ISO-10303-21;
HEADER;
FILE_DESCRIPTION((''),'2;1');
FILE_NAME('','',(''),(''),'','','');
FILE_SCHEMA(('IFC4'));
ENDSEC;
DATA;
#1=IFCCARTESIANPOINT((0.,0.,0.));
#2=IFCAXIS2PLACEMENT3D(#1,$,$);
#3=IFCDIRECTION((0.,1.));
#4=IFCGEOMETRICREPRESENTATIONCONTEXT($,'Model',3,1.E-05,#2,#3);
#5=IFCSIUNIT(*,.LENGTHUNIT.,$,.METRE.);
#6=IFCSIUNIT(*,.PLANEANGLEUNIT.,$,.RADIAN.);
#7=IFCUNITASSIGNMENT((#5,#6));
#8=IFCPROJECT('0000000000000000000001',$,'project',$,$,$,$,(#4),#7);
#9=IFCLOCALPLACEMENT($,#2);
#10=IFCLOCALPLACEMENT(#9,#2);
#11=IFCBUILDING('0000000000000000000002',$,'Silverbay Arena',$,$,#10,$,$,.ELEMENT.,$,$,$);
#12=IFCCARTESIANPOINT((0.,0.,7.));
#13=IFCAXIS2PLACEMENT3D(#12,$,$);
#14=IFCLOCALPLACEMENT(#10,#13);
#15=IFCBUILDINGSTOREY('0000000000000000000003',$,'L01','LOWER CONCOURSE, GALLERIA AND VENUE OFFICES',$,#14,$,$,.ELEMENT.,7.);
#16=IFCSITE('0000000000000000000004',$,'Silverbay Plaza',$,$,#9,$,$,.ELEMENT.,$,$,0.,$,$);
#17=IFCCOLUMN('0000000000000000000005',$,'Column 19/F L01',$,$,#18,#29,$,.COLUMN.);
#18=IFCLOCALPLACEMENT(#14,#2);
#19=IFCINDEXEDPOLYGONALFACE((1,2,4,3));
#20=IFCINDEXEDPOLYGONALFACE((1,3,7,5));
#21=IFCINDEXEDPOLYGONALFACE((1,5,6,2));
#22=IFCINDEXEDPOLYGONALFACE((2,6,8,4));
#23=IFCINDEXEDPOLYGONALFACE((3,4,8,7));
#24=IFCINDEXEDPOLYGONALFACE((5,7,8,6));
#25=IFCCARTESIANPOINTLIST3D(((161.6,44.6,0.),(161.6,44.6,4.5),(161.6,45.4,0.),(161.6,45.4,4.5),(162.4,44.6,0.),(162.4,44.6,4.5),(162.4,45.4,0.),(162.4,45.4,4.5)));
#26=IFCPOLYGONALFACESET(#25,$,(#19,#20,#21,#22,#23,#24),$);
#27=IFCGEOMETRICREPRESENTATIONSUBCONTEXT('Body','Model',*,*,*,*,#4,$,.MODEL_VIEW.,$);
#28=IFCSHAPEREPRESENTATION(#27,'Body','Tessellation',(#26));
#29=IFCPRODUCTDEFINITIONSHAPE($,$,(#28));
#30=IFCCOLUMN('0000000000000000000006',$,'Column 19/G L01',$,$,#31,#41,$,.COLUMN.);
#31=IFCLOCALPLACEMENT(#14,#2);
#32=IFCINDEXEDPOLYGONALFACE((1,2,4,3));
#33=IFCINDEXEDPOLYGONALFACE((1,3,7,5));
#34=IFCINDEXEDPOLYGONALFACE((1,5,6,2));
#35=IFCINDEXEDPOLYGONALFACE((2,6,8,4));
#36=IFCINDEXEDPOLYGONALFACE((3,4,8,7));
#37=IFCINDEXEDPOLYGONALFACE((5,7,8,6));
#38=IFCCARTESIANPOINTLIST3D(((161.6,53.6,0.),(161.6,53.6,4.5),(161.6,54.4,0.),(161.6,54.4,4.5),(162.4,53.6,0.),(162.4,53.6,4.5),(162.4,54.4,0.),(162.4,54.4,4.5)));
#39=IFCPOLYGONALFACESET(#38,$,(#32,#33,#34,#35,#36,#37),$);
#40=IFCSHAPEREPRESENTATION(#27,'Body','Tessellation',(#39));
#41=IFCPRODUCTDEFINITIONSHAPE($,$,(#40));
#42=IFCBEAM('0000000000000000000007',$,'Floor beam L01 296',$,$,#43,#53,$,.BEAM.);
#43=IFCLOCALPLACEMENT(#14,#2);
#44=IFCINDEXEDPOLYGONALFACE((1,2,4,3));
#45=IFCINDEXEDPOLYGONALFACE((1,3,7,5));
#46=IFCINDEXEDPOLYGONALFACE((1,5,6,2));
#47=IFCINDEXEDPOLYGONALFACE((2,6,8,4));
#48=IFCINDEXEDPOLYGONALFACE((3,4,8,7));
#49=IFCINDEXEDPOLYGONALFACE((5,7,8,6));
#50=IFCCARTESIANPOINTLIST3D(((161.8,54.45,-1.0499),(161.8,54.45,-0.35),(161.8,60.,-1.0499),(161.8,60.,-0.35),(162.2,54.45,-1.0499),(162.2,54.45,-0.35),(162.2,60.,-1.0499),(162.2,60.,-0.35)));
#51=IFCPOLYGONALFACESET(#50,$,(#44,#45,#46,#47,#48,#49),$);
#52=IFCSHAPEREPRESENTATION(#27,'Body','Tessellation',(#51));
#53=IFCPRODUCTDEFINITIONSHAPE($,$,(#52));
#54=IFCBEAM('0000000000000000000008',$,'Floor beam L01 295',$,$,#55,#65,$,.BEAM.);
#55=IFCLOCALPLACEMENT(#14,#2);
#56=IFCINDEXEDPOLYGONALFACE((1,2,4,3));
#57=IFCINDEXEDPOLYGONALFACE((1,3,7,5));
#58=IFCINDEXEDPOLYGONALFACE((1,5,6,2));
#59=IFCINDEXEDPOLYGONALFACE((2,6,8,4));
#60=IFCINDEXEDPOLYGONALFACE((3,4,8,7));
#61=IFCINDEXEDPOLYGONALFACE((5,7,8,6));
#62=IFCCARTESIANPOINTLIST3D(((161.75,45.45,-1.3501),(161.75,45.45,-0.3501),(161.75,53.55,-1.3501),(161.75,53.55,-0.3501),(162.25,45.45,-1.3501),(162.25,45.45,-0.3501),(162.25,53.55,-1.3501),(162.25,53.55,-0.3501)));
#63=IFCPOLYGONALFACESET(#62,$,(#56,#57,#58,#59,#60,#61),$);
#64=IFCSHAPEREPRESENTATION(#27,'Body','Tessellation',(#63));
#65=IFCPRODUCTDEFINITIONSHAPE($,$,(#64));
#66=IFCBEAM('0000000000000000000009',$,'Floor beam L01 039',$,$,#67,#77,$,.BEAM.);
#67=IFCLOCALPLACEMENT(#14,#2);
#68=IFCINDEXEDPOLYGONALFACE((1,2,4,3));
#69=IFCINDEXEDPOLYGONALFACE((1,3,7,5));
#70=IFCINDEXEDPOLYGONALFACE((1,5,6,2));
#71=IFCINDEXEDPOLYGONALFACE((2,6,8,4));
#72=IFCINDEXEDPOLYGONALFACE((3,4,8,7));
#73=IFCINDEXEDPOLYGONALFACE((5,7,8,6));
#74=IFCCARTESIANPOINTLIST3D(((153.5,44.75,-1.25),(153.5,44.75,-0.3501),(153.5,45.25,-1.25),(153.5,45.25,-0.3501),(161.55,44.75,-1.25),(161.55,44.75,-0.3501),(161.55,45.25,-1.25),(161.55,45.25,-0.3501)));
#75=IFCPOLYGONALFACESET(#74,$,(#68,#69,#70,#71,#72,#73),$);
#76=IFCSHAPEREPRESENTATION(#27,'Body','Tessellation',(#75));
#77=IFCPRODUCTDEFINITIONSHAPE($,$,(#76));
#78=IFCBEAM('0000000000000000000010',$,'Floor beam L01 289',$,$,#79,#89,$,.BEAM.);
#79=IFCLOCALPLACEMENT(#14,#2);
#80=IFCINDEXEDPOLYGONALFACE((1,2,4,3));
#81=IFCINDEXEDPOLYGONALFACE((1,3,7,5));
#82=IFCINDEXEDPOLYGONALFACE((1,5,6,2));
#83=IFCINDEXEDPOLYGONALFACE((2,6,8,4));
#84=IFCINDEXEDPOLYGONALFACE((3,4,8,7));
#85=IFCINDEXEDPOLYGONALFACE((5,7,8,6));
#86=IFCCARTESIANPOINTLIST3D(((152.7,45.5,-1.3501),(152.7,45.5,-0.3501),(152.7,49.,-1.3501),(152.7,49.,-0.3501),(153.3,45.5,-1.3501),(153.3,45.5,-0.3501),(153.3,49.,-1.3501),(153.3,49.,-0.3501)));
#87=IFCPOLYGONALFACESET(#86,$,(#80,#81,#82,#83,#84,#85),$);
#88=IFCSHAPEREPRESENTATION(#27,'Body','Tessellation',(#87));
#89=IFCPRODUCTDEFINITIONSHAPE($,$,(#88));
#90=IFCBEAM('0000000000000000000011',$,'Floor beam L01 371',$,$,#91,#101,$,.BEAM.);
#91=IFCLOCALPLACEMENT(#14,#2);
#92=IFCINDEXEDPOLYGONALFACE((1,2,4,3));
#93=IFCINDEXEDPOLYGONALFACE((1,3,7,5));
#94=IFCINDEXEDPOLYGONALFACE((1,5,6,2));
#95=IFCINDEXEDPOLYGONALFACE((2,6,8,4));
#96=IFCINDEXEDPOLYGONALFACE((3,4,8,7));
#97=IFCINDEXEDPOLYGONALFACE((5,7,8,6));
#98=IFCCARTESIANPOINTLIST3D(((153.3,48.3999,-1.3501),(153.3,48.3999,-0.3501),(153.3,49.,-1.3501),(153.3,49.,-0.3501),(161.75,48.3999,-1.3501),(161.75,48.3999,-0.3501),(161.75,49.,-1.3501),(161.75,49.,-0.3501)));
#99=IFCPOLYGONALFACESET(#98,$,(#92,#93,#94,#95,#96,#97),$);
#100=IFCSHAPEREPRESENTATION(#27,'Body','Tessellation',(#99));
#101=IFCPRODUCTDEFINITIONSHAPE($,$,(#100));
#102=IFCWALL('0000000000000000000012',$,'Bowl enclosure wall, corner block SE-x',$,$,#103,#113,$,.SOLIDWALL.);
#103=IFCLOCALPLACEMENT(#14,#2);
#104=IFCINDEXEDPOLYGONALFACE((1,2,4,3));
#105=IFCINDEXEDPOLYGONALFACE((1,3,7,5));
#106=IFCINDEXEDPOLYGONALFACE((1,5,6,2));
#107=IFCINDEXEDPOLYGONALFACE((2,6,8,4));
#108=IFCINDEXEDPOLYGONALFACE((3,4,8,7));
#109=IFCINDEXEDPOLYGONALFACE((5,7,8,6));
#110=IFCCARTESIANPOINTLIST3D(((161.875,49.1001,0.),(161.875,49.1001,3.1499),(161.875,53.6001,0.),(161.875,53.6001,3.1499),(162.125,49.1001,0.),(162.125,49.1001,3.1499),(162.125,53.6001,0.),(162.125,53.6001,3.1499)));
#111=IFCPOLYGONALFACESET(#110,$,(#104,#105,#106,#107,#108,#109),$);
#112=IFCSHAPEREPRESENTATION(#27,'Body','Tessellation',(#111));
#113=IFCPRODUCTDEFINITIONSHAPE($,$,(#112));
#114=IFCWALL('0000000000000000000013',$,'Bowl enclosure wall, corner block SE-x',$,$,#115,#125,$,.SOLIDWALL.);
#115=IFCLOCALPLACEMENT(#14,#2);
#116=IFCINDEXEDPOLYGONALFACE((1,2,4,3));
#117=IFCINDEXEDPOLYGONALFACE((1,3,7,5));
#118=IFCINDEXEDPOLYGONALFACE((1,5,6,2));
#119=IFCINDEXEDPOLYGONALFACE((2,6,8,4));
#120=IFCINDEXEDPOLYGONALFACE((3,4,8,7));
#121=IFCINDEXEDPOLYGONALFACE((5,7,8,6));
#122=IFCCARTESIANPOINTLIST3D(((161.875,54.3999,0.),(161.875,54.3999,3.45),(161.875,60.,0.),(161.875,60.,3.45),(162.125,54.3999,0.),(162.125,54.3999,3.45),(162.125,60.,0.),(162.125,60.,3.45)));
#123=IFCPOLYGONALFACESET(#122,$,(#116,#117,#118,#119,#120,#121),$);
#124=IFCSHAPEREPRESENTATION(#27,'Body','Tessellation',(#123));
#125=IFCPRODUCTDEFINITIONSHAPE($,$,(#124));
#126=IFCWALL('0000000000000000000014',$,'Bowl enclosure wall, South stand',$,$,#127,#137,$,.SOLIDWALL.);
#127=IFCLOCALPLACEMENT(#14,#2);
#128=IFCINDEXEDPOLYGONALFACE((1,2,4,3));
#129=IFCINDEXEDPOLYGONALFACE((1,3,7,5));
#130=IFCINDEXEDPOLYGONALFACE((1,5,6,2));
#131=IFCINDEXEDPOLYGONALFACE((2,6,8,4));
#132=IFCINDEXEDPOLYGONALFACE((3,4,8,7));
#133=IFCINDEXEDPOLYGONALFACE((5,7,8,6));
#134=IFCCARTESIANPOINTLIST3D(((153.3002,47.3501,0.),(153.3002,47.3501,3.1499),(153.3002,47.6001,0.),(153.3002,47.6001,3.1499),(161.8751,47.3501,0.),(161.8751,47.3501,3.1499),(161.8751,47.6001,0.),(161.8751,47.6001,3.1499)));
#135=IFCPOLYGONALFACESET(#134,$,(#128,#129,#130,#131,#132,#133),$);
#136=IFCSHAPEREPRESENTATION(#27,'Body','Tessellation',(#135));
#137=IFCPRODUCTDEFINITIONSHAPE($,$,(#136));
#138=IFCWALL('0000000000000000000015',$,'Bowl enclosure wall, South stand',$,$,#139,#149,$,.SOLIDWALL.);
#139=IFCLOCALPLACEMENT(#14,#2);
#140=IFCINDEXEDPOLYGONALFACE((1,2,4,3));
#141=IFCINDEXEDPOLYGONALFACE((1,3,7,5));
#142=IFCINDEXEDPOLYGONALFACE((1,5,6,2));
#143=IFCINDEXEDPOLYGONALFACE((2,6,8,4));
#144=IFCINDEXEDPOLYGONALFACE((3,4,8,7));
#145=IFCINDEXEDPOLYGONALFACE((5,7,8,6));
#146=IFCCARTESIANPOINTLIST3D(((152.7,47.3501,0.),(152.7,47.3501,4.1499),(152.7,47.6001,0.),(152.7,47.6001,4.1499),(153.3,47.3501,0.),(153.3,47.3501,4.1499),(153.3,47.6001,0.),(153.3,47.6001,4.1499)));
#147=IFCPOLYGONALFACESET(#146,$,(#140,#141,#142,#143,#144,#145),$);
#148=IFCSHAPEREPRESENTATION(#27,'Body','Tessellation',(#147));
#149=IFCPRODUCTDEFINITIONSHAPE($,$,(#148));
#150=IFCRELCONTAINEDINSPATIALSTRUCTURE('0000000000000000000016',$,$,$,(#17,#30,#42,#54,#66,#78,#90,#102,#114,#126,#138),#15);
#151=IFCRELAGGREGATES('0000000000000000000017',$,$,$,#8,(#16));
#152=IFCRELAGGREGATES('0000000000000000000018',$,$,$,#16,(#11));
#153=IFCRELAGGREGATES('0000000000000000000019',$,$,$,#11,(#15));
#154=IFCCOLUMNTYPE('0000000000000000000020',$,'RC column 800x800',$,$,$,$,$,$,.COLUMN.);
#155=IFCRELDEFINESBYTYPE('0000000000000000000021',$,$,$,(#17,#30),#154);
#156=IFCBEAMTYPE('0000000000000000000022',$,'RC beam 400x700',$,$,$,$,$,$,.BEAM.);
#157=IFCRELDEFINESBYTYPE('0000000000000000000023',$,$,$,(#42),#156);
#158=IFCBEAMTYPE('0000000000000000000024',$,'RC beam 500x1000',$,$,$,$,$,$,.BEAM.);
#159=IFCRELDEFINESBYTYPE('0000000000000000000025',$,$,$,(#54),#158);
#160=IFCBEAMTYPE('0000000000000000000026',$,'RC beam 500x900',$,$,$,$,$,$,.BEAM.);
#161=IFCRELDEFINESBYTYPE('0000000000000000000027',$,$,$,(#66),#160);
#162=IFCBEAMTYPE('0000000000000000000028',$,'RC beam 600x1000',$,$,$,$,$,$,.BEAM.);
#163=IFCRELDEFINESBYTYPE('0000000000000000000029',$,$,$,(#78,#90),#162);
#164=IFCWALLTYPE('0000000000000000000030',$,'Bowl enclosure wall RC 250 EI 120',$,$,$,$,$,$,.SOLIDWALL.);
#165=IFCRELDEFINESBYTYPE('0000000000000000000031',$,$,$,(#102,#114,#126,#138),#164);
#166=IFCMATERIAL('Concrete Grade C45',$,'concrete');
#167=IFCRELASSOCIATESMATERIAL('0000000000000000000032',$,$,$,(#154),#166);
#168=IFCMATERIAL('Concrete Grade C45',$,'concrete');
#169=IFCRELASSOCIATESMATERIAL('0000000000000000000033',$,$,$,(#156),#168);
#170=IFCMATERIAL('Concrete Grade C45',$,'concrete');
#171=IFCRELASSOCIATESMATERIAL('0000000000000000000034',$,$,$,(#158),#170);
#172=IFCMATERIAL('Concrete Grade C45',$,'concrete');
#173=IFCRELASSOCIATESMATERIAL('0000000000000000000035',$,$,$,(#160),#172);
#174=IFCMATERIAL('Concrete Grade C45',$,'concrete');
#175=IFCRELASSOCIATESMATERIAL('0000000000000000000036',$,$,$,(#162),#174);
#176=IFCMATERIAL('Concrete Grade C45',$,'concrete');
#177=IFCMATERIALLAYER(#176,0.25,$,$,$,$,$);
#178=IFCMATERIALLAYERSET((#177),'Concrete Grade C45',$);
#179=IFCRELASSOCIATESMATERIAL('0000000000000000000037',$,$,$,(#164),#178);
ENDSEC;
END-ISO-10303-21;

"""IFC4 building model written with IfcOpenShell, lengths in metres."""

from ifc_helpers import new_model, si_unit, direction, frame, frame_2d, origin, origin_2d, place, context, subcontext, project, spatial, rectangle, extrude, material, layer, layer_set, material_profile, profile_set, type_object, element, save


model = new_model("IFC4")

# Units and contexts
model_context = context("Model", 3, precision=1e-05, world=origin(), true_north=direction((0.0, 1.0)))
body_context = subcontext(model_context, "Body", "Model", "MODEL_VIEW")
ifc_project = project(units=[si_unit("LENGTHUNIT", "METRE"), si_unit("PLANEANGLEUNIT", "RADIAN")], contexts=[model_context])

# Site, building, storey
site_placement = place(None, origin())
site = spatial("IfcSite", under=ifc_project, at=site_placement, Name="Silverbay Plaza", CompositionType="ELEMENT", RefElevation=0.0)
building_placement = place(site_placement, origin())
building = spatial("IfcBuilding", under=site, at=building_placement, Name="Silverbay Arena", CompositionType="ELEMENT")
storey_placement = place(building_placement, frame((0.0, 0.0, 7.0)))
storey = spatial("IfcBuildingStorey", under=building, at=storey_placement, Name="L01", Description="LOWER CONCOURSE, GALLERIA AND VENUE OFFICES", CompositionType="ELEMENT", Elevation=7.0)

# Columns
ifc_material_1 = material(Name="Concrete Grade C45", Category="concrete")
ifc_material_profile_1 = material_profile(ifc_material_1, rectangle(XDim=0.8, YDim=0.8, at=origin_2d()), Name="RC 800x800")
ifc_profile_set_1 = profile_set([ifc_material_profile_1], Name="Concrete Grade C45")
column_type = type_object("IfcColumnType", Name="RC column 800x800", PredefinedType="COLUMN", material=ifc_profile_set_1)
for number, where, z_axis, x_axis, name in (
    (1, (162.0, 45.0, 0.0), (0.0, 0.0, 1.0), (1.0, 0.0, 0.0), "Column 19/F L01"),
    (2, (162.0, 54.0, 0.0), (0.0, 0.0, 1.0), (1.0, 0.0, 0.0), "Column 19/G L01"),
):
    element("IfcColumn", number, at=place(storey_placement, frame(where, z_axis=z_axis, x_axis=x_axis)), inside=storey, type_object=column_type, Name=name, PredefinedType="COLUMN", context=body_context, shape_type="SweptSolid", body=[
        extrude(rectangle(XDim=0.8, YDim=0.8, at=origin_2d()), origin(), (0.0, 0.0, 1.0), 4.5),
    ])

# Beams
ifc_material_2 = material(Name="Concrete Grade C45", Category="concrete")
ifc_material_profile_2 = material_profile(ifc_material_2, rectangle(XDim=0.3999, YDim=0.7, at=origin_2d()), Name="RC 400x700")
ifc_profile_set_2 = profile_set([ifc_material_profile_2], Name="Concrete Grade C45")
beam_type_1 = type_object("IfcBeamType", Name="RC beam 400x700", PredefinedType="BEAM", material=ifc_profile_set_2)
beam_1_placement = place(storey_placement, frame((162.0, 54.45, -0.7), z_axis=(0.0, 1.0, 0.0), x_axis=(-1.0, 0.0, 0.0)))
element("IfcBeam", 3, at=beam_1_placement, inside=storey, type_object=beam_type_1, Name="Floor beam L01 296", PredefinedType="BEAM", context=body_context, shape_type="SweptSolid", body=[
    extrude(rectangle(XDim=0.3999, YDim=0.7, at=origin_2d()), origin(), (0.0, 0.0, 1.0), 5.55),
])
ifc_material_3 = material(Name="Concrete Grade C45", Category="concrete")
ifc_material_profile_3 = material_profile(ifc_material_3, rectangle(XDim=0.5, YDim=1.0, at=origin_2d()), Name="RC 500x1000")
ifc_profile_set_3 = profile_set([ifc_material_profile_3], Name="Concrete Grade C45")
beam_type_2 = type_object("IfcBeamType", Name="RC beam 500x1000", PredefinedType="BEAM", material=ifc_profile_set_3)
beam_2_placement = place(storey_placement, frame((162.0, 45.45, -0.8501), z_axis=(0.0, 1.0, 0.0), x_axis=(-1.0, 0.0, 0.0)))
element("IfcBeam", 4, at=beam_2_placement, inside=storey, type_object=beam_type_2, Name="Floor beam L01 295", PredefinedType="BEAM", context=body_context, shape_type="SweptSolid", body=[
    extrude(rectangle(XDim=0.5, YDim=1.0, at=origin_2d()), origin(), (0.0, 0.0, 1.0), 8.1001),
])
ifc_material_4 = material(Name="Concrete Grade C45", Category="concrete")
ifc_material_profile_4 = material_profile(ifc_material_4, rectangle(XDim=0.5, YDim=0.8999, at=origin_2d()), Name="RC 500x900")
ifc_profile_set_4 = profile_set([ifc_material_profile_4], Name="Concrete Grade C45")
beam_type_3 = type_object("IfcBeamType", Name="RC beam 500x900", PredefinedType="BEAM", material=ifc_profile_set_4)
beam_3_placement = place(storey_placement, frame((153.5, 45.0, -0.8), z_axis=(1.0, 0.0, 0.0), x_axis=(0.0, 1.0, 0.0)))
element("IfcBeam", 5, at=beam_3_placement, inside=storey, type_object=beam_type_3, Name="Floor beam L01 039", PredefinedType="BEAM", context=body_context, shape_type="SweptSolid", body=[
    extrude(rectangle(XDim=0.5, YDim=0.8999, at=origin_2d()), origin(), (0.0, 0.0, 1.0), 8.05),
])
ifc_material_5 = material(Name="Concrete Grade C45", Category="concrete")
ifc_material_profile_5 = material_profile(ifc_material_5, rectangle(XDim=0.6001, YDim=1.0, at=origin_2d()), Name="RC 600x1000")
ifc_profile_set_5 = profile_set([ifc_material_profile_5], Name="Concrete Grade C45")
beam_type_4 = type_object("IfcBeamType", Name="RC beam 600x1000", PredefinedType="BEAM", material=ifc_profile_set_5)
beam_4_placement = place(storey_placement, frame((153.0, 45.5, -0.8501), z_axis=(0.0, 1.0, 0.0), x_axis=(-1.0, 0.0, 0.0)))
element("IfcBeam", 6, at=beam_4_placement, inside=storey, type_object=beam_type_4, Name="Floor beam L01 289", PredefinedType="BEAM", context=body_context, shape_type="SweptSolid", body=[
    extrude(rectangle(XDim=0.6001, YDim=1.0, at=origin_2d()), origin(), (0.0, 0.0, 1.0), 3.5),
])
beam_5_placement = place(storey_placement, frame((153.3, 48.7, -0.8501), z_axis=(1.0, 0.0, 0.0), x_axis=(0.0, 1.0, 0.0)))
element("IfcBeam", 7, at=beam_5_placement, inside=storey, type_object=beam_type_4, Name="Floor beam L01 371", PredefinedType="BEAM", context=body_context, shape_type="SweptSolid", body=[
    extrude(rectangle(XDim=0.6001, YDim=1.0, at=origin_2d()), origin(), (0.0, 0.0, 1.0), 8.45),
])

# Shared definitions
ifc_material_6 = material(Name="Concrete Grade C45", Category="concrete")
ifc_layer_1 = layer(ifc_material_6, 0.25)
ifc_layer_set_1 = layer_set([ifc_layer_1], Name="Concrete Grade C45")
wall_type_1 = type_object("IfcWallType", Name="Bowl enclosure wall RC 250 EI 120", PredefinedType="SOLIDWALL", material=ifc_layer_set_1)

# Walls
wall_1_placement = place(storey_placement, frame((162.0, 49.1001, 0.0), z_axis=(0.0, 0.0, 1.0), x_axis=(0.0, 1.0, 0.0)))
element("IfcWall", 8, at=wall_1_placement, inside=storey, type_object=wall_type_1, Name="Bowl enclosure wall, corner block SE-x", PredefinedType="SOLIDWALL", context=body_context, shape_type="SweptSolid", body=[
    extrude(rectangle(XDim=4.5, YDim=0.25, at=frame_2d((2.25, 0.0))), origin(), (0.0, 0.0, 1.0), 3.1499),
])
wall_2_placement = place(storey_placement, frame((162.0, 54.3999, 0.0), z_axis=(0.0, 0.0, 1.0), x_axis=(0.0, 1.0, 0.0)))
element("IfcWall", 9, at=wall_2_placement, inside=storey, type_object=wall_type_1, Name="Bowl enclosure wall, corner block SE-x", PredefinedType="SOLIDWALL", context=body_context, shape_type="SweptSolid", body=[
    extrude(rectangle(XDim=5.6001, YDim=0.25, at=frame_2d((2.8, 0.0))), origin(), (0.0, 0.0, 1.0), 3.45),
])
wall_3_placement = place(storey_placement, frame((153.3, 47.4751, 0.0), z_axis=(0.0, 0.0, 1.0), x_axis=(1.0, 0.0, 0.0)))
element("IfcWall", 10, at=wall_3_placement, inside=storey, type_object=wall_type_1, Name="Bowl enclosure wall, South stand", PredefinedType="SOLIDWALL", context=body_context, shape_type="SweptSolid", body=[
    extrude(rectangle(XDim=8.575, YDim=0.25, at=frame_2d((4.2876, 0.0))), origin(), (0.0, 0.0, 1.0), 3.1499),
])
wall_4_placement = place(storey_placement, frame((152.7, 47.4751, 0.0), z_axis=(0.0, 0.0, 1.0), x_axis=(1.0, 0.0, 0.0)))
element("IfcWall", 11, at=wall_4_placement, inside=storey, type_object=wall_type_1, Name="Bowl enclosure wall, South stand", PredefinedType="SOLIDWALL", context=body_context, shape_type="SweptSolid", body=[
    extrude(rectangle(XDim=0.6001, YDim=0.25, at=frame_2d((0.3, 0.0))), origin(), (0.0, 0.0, 1.0), 4.1499),
])

save(model, "model.ifc")
